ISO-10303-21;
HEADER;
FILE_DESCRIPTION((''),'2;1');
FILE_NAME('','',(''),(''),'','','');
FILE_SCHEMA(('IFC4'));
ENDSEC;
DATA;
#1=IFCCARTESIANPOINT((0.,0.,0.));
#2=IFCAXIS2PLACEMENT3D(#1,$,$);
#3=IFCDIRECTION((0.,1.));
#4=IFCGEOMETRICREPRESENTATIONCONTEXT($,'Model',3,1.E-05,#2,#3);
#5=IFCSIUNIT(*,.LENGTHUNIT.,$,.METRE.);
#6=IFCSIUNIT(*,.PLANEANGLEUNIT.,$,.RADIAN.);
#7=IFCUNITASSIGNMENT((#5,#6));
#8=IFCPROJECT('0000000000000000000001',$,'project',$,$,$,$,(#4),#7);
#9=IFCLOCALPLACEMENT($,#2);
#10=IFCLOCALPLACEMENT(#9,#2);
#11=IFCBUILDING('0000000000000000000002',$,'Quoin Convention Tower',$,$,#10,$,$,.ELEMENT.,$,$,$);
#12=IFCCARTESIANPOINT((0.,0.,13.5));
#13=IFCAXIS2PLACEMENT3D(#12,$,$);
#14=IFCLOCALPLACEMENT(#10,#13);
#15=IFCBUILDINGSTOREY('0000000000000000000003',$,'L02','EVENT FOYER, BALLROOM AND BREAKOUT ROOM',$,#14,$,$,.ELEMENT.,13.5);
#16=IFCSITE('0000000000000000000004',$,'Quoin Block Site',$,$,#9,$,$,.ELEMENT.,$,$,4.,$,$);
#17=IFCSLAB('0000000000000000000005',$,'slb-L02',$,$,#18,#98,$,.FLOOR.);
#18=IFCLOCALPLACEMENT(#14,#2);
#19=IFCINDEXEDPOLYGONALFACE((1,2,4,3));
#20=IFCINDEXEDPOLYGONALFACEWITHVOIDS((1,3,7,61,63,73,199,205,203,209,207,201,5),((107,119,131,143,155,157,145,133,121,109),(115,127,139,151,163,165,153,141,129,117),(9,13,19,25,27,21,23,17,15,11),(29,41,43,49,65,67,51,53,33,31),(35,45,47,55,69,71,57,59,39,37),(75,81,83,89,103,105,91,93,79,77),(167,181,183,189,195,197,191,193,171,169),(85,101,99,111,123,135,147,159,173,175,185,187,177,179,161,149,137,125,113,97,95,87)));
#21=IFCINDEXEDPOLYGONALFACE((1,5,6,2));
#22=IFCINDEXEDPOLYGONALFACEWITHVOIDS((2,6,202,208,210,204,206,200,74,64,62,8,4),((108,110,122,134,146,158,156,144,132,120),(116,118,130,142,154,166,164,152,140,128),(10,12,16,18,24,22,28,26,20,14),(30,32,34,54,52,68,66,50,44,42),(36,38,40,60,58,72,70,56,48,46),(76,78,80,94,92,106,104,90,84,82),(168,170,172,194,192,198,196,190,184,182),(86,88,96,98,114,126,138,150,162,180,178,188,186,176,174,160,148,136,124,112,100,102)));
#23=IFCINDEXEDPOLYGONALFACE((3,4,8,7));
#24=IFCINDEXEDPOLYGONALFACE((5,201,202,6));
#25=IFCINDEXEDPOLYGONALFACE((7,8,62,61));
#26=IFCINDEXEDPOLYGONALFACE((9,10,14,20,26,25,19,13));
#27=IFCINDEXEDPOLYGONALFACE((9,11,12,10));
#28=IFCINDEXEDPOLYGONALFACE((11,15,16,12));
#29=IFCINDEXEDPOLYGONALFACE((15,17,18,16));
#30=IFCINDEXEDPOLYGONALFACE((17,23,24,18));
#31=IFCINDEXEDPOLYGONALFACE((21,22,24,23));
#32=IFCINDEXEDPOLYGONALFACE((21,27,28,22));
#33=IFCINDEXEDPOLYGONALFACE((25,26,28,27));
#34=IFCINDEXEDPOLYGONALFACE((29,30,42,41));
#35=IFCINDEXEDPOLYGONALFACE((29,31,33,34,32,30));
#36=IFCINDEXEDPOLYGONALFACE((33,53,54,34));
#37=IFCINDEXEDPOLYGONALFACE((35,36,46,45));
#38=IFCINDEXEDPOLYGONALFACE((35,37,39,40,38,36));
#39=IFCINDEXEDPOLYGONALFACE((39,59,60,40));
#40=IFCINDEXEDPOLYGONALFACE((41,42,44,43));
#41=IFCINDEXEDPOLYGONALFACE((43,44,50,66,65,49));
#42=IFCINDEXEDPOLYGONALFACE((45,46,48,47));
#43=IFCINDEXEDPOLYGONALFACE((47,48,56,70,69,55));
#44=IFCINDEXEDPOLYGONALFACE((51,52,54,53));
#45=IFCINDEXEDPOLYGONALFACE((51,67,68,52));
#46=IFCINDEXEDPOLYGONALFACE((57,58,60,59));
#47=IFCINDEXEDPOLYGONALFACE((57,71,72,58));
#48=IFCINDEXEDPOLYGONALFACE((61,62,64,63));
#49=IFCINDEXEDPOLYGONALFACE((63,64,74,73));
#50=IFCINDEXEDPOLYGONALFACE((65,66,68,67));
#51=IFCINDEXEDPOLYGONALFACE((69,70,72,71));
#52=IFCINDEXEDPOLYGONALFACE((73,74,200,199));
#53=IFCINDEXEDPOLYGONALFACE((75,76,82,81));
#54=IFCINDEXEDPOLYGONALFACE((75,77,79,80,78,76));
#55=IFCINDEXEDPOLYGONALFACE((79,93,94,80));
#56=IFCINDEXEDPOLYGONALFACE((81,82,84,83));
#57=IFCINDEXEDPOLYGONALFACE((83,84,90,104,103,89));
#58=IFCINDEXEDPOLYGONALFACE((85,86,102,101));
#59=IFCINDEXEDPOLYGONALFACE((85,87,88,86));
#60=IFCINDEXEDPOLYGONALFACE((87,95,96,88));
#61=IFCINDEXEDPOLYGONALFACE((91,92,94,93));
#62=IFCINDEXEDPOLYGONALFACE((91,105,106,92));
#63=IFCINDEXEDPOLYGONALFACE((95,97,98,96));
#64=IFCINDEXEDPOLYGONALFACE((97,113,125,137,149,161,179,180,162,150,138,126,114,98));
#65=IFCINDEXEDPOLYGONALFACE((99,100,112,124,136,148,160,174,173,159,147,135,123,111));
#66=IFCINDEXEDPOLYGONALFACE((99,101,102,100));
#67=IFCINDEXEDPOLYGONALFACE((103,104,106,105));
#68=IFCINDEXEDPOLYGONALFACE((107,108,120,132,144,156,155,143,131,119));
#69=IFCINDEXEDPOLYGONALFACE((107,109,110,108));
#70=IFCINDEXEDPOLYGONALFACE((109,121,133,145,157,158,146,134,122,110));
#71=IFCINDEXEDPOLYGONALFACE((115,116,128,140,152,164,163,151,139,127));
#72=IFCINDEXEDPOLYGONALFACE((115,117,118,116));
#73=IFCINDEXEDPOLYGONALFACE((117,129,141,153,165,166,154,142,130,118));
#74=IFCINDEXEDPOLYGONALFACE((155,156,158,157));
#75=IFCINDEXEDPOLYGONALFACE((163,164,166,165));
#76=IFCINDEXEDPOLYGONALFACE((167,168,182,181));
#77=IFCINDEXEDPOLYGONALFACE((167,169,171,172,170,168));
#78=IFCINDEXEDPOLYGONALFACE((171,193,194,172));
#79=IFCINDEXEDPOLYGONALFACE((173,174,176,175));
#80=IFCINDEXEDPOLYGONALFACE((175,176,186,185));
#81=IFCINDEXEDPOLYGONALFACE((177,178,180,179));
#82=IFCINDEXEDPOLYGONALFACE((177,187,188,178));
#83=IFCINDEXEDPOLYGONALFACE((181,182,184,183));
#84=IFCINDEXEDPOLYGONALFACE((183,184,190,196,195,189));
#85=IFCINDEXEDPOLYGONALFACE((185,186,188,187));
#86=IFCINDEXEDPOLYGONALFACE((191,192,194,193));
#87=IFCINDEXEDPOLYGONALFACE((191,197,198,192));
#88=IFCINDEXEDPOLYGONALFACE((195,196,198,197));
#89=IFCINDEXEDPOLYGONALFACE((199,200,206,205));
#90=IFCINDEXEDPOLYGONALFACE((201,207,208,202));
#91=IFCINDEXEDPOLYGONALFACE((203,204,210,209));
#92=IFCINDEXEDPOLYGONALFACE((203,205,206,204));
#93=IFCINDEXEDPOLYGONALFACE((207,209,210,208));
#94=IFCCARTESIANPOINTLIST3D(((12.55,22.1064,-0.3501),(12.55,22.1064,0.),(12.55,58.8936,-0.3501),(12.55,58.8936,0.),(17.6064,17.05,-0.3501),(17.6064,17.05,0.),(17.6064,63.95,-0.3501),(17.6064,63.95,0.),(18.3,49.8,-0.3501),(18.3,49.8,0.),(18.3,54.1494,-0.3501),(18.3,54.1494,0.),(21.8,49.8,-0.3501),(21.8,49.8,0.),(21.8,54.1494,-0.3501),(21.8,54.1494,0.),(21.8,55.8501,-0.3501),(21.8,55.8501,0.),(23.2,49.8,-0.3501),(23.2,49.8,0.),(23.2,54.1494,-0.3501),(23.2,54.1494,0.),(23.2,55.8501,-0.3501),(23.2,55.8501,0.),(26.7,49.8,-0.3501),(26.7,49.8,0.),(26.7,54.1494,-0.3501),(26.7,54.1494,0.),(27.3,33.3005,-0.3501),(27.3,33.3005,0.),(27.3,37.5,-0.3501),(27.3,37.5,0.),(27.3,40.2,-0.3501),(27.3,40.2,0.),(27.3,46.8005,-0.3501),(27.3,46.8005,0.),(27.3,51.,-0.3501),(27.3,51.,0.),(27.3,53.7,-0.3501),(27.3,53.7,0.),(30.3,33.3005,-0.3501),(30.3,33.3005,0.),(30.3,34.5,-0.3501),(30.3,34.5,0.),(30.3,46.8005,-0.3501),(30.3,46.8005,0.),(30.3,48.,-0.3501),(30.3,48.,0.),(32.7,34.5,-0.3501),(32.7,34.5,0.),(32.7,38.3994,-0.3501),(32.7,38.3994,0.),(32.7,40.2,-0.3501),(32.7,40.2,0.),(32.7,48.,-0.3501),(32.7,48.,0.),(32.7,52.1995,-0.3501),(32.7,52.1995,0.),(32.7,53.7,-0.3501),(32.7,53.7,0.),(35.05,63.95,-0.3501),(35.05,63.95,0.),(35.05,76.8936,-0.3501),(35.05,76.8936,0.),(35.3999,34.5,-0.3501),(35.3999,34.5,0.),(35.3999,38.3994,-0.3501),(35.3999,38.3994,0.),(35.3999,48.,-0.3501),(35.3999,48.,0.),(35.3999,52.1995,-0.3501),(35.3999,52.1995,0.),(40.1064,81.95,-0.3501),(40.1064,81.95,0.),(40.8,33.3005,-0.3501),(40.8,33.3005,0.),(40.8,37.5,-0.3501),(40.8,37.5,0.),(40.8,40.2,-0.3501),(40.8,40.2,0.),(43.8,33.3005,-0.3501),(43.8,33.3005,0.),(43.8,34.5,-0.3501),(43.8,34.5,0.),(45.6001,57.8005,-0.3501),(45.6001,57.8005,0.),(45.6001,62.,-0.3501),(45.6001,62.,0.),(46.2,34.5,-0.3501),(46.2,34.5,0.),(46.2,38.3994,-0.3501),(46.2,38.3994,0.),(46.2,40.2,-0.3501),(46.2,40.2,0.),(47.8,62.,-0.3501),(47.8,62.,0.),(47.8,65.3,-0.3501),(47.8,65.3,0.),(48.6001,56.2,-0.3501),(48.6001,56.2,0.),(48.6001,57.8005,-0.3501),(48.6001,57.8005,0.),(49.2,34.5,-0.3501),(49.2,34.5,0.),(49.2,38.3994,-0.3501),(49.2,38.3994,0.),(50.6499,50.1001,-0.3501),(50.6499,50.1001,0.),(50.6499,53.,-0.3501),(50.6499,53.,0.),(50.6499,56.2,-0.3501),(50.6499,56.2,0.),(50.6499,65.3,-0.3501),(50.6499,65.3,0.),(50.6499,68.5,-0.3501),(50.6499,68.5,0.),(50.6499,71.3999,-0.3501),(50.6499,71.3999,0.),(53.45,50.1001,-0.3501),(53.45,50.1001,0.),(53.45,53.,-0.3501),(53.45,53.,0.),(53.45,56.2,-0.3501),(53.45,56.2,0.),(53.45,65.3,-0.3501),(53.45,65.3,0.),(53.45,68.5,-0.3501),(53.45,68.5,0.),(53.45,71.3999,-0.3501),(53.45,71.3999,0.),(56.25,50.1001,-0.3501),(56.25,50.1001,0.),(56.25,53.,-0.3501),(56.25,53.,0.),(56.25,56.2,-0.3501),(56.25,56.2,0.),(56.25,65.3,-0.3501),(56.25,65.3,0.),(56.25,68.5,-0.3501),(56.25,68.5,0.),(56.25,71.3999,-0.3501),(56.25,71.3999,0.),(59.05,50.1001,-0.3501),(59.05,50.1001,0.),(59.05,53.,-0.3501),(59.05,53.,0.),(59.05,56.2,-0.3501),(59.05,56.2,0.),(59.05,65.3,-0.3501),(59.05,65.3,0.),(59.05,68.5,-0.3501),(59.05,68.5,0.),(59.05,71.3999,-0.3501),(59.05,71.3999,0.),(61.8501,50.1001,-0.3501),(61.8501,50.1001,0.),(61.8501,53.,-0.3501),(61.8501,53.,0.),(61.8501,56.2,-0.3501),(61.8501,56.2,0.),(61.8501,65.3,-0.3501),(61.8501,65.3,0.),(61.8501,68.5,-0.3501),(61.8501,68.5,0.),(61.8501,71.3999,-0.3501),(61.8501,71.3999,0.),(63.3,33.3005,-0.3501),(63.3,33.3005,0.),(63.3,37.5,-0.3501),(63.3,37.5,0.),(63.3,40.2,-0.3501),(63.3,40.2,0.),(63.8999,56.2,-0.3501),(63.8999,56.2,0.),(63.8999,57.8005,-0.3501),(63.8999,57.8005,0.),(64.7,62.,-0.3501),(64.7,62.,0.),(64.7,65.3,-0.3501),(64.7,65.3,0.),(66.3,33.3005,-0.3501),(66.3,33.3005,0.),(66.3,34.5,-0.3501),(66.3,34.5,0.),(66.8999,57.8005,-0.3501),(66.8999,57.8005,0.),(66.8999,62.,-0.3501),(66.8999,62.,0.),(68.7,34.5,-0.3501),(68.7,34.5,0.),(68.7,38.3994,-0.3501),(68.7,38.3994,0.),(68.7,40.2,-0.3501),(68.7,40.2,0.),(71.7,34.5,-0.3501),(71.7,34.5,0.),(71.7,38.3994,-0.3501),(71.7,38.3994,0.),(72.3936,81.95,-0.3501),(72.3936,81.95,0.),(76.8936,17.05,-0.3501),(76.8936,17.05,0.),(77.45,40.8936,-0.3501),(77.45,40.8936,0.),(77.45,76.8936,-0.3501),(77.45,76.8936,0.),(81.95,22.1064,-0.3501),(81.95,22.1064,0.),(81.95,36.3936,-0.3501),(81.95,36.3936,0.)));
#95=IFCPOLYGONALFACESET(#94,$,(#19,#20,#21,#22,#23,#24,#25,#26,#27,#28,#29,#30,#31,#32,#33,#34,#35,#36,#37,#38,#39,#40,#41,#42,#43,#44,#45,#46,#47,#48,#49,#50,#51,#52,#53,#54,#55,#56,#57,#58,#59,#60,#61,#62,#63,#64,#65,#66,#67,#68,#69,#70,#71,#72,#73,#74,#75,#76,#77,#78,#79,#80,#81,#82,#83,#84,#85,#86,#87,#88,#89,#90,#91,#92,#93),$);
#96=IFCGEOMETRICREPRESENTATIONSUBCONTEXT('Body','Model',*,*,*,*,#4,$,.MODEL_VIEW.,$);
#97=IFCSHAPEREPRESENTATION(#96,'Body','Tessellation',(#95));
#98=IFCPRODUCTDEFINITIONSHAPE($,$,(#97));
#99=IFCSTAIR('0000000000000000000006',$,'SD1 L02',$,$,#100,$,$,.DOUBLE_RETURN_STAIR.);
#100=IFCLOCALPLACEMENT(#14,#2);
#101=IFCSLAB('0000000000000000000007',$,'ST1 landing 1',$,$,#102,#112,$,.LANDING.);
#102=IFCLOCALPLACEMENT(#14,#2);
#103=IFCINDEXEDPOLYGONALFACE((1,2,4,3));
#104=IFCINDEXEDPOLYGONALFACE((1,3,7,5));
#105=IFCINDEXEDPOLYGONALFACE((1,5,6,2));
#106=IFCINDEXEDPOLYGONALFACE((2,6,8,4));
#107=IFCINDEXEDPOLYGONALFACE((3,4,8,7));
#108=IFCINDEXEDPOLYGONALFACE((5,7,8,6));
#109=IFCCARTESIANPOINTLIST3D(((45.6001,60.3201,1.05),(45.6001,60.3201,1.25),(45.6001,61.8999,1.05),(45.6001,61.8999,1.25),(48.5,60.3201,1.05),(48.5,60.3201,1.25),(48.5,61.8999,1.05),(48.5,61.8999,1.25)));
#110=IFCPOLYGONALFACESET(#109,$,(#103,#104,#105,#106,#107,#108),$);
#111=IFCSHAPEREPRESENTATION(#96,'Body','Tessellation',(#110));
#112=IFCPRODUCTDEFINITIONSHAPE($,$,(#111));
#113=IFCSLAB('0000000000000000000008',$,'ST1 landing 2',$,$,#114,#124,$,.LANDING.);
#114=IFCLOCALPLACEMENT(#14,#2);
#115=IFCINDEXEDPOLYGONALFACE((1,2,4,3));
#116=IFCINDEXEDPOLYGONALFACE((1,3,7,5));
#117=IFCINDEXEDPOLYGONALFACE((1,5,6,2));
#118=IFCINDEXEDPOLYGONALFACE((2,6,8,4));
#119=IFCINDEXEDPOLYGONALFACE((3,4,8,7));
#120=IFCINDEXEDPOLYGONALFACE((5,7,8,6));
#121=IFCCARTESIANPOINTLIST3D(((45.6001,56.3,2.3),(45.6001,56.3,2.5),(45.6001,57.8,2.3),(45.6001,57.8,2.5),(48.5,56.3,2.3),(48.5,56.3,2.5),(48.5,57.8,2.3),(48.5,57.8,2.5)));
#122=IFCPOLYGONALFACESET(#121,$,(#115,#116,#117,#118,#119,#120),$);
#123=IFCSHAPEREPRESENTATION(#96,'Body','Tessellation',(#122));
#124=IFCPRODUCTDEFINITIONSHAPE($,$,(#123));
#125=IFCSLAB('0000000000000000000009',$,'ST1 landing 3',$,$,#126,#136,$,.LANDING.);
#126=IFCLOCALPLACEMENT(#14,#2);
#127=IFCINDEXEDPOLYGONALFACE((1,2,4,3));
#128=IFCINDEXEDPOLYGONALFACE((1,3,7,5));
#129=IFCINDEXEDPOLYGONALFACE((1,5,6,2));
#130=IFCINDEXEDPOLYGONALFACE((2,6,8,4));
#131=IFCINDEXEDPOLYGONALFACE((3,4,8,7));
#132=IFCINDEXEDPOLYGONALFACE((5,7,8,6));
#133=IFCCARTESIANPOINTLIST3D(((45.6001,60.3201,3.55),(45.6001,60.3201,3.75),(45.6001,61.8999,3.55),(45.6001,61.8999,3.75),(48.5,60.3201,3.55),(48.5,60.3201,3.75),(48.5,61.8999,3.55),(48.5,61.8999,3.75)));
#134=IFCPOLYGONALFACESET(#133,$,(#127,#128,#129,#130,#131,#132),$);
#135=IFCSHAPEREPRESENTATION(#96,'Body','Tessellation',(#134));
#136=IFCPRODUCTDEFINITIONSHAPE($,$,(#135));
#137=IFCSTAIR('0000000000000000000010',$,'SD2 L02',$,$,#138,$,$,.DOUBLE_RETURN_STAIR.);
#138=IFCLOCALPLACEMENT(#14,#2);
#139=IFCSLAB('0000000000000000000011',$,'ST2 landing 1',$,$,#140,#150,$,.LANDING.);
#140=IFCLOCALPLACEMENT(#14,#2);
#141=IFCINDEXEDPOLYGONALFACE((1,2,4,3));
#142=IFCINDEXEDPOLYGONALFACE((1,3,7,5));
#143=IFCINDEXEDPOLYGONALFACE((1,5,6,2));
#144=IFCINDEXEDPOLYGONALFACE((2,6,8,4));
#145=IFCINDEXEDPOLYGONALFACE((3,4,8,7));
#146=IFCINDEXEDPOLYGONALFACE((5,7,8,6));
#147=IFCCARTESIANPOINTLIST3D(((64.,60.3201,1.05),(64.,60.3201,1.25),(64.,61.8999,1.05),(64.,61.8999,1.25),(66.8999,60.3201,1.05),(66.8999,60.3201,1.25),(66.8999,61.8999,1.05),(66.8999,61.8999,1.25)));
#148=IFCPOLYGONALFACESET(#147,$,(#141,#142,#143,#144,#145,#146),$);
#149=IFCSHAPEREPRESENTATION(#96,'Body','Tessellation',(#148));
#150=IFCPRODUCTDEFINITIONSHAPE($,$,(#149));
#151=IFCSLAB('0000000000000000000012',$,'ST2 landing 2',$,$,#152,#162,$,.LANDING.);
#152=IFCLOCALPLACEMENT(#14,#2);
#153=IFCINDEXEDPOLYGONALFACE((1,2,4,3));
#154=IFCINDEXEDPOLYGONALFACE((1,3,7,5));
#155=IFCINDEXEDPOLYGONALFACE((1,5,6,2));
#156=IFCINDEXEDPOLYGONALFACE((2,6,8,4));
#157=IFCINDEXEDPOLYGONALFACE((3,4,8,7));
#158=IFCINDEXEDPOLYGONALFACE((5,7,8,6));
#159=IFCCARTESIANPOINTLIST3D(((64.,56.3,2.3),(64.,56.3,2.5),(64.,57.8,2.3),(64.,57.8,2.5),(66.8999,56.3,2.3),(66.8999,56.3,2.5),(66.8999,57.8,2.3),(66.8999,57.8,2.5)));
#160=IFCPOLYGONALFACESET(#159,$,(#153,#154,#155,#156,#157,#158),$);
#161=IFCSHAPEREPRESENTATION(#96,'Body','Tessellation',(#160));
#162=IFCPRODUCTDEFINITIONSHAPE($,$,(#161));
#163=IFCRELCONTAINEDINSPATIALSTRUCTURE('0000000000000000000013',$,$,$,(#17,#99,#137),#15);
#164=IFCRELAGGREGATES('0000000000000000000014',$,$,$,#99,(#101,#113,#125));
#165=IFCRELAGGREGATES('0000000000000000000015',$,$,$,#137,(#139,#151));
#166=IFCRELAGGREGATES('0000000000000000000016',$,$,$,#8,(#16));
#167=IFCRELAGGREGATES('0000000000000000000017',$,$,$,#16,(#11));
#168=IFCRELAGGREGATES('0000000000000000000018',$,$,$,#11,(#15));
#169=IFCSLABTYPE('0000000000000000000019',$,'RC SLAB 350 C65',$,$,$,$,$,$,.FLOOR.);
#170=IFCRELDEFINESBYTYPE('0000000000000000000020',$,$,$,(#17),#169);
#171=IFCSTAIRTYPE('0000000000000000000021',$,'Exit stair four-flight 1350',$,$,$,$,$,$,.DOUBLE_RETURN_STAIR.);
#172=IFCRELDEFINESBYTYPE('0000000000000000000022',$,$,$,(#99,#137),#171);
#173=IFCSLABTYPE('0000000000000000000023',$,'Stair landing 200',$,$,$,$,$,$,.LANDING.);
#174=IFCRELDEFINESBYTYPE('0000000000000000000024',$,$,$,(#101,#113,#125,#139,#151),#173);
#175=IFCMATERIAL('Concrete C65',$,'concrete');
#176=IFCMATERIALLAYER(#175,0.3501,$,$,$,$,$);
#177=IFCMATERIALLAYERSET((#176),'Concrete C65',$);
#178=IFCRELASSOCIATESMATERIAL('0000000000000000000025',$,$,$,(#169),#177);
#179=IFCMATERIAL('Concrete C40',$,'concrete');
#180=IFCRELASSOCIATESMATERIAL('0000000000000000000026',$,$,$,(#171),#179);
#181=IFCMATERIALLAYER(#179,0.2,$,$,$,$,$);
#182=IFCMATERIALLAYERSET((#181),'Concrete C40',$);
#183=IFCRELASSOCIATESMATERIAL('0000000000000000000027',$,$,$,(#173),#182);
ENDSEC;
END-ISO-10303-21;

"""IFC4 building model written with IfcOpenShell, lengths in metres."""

from ifc_helpers import new_model, si_unit, direction, frame, origin, place, context, subcontext, project, spatial, polyline, outline, extrude, material, layer, layer_set, type_object, element, aggregate, save


model = new_model("IFC4")

# Units and contexts
model_context = context("Model", 3, precision=1e-05, world=origin(), true_north=direction((0.0, 1.0)))
body_context = subcontext(model_context, "Body", "Model", "MODEL_VIEW")
ifc_project = project(units=[si_unit("LENGTHUNIT", "METRE"), si_unit("PLANEANGLEUNIT", "RADIAN")], contexts=[model_context])

# Site, building, storey
site_placement = place(None, origin())
site = spatial("IfcSite", under=ifc_project, at=site_placement, Name="Quoin Block Site", CompositionType="ELEMENT", RefElevation=4.0)
building_placement = place(site_placement, origin())
building = spatial("IfcBuilding", under=site, at=building_placement, Name="Quoin Convention Tower", CompositionType="ELEMENT")
storey_placement = place(building_placement, frame((0.0, 0.0, 13.5)))
storey = spatial("IfcBuildingStorey", under=building, at=storey_placement, Name="L02", Description="EVENT FOYER, BALLROOM AND BREAKOUT ROOM", CompositionType="ELEMENT", Elevation=13.5)

# Slab
ifc_material_1 = material(Name="Concrete C65", Category="concrete")
ifc_layer_1 = layer(ifc_material_1, 0.3501)
ifc_layer_set_1 = layer_set([ifc_layer_1], Name="Concrete C65")
slab_type_1 = type_object("IfcSlabType", Name="RC SLAB 350 C65", PredefinedType="FLOOR", material=ifc_layer_set_1)
slab_1_placement = place(storey_placement, frame((0.0, 0.0, -0.3501)))
element("IfcSlab", 1, at=slab_1_placement, inside=storey, type_object=slab_type_1, Name="slb-L02", PredefinedType="FLOOR", context=body_context, shape_type="SweptSolid", body=[
    extrude(outline(polyline([(12.55, 58.8936), (17.6064, 63.95), (35.05, 63.95), (35.05, 76.8936), (40.1064, 81.95), (72.3936, 81.95), (77.45, 76.8936), (77.45, 40.8936), (81.95, 36.3936), (81.95, 22.1064), (76.8936, 17.05), (17.6064, 17.05), (12.55, 22.1064), (12.55, 58.8936)]), holes=[polyline([(35.3999, 34.5), (35.3999, 38.3994), (32.7, 38.3994), (32.7, 40.2), (27.3, 40.2), (27.3, 37.5), (27.3, 33.3005), (30.3, 33.3005), (30.3, 34.5), (32.7, 34.5), (35.3999, 34.5)]), polyline([(43.8, 34.5), (46.2, 34.5), (49.2, 34.5), (49.2, 38.3994), (46.2, 38.3994), (46.2, 40.2), (40.8, 40.2), (40.8, 37.5), (40.8, 33.3005), (43.8, 33.3005), (43.8, 34.5)]), polyline([(35.3999, 52.1995), (32.7, 52.1995), (32.7, 53.7), (27.3, 53.7), (27.3, 51.0), (27.3, 46.8005), (30.3, 46.8005), (30.3, 48.0), (32.7, 48.0), (35.3999, 48.0), (35.3999, 52.1995)]), polyline([(21.8, 55.8501), (21.8, 54.1494), (18.3, 54.1494), (18.3, 49.8), (21.8, 49.8), (23.2, 49.8), (26.7, 49.8), (26.7, 54.1494), (23.2, 54.1494), (23.2, 55.8501), (21.8, 55.8501)]), polyline([(56.25, 50.1001), (59.05, 50.1001), (61.8501, 50.1001), (61.8501, 53.0), (59.05, 53.0), (56.25, 53.0), (53.45, 53.0), (50.6499, 53.0), (50.6499, 50.1001), (53.45, 50.1001), (56.25, 50.1001)]), polyline([(56.25, 56.2), (59.05, 56.2), (61.8501, 56.2), (63.8999, 56.2), (63.8999, 57.8005), (66.8999, 57.8005), (66.8999, 62.0), (64.7, 62.0), (64.7, 65.3), (61.8501, 65.3), (59.05, 65.3), (56.25, 65.3), (53.45, 65.3), (50.6499, 65.3), (47.8, 65.3), (47.8, 62.0), (45.6001, 62.0), (45.6001, 57.8005), (48.6001, 57.8005), (48.6001, 56.2), (50.6499, 56.2), (53.45, 56.2), (56.25, 56.2)]), polyline([(50.6499, 71.3999), (50.6499, 68.5), (53.45, 68.5), (56.25, 68.5), (59.05, 68.5), (61.8501, 68.5), (61.8501, 71.3999), (59.05, 71.3999), (56.25, 71.3999), (53.45, 71.3999), (50.6499, 71.3999)]), polyline([(71.7, 38.3994), (68.7, 38.3994), (68.7, 40.2), (63.3, 40.2), (63.3, 37.5), (63.3, 33.3005), (66.3, 33.3005), (66.3, 34.5), (68.7, 34.5), (71.7, 34.5), (71.7, 38.3994)])]), origin(), (0.0, 0.0, 1.0), 0.3501),
])

# Stairs, slabs
ifc_material_2 = material(Name="Concrete C40", Category="concrete")
stair_type_1 = type_object("IfcStairType", Name="Exit stair four-flight 1350", PredefinedType="DOUBLE_RETURN_STAIR", material=ifc_material_2)
stair_1_placement = place(storey_placement, origin())
stair_1 = element("IfcStair", 2, at=stair_1_placement, inside=storey, type_object=stair_type_1, Name="SD1 L02", PredefinedType="DOUBLE_RETURN_STAIR")
ifc_layer_2 = layer(ifc_material_2, 0.2)
ifc_layer_set_2 = layer_set([ifc_layer_2], Name="Concrete C40")
slab_type_2 = type_object("IfcSlabType", Name="Stair landing 200", PredefinedType="LANDING", material=ifc_layer_set_2)
slab_2_placement = place(storey_placement, frame((0.0, 0.0, 1.05)))
slab_2 = element("IfcSlab", 3, at=slab_2_placement, type_object=slab_type_2, Name="ST1 landing 1", PredefinedType="LANDING", context=body_context, shape_type="SweptSolid", body=[
    extrude(outline(polyline([(45.6001, 60.3201), (48.5, 60.3201), (48.5, 61.8999), (45.6001, 61.8999), (45.6001, 60.3201)])), origin(), (0.0, 0.0, 1.0), 0.2),
])
slab_3_placement = place(storey_placement, frame((0.0, 0.0, 2.3)))
slab_3 = element("IfcSlab", 4, at=slab_3_placement, type_object=slab_type_2, Name="ST1 landing 2", PredefinedType="LANDING", context=body_context, shape_type="SweptSolid", body=[
    extrude(outline(polyline([(45.6001, 56.3), (48.5, 56.3), (48.5, 57.8), (45.6001, 57.8), (45.6001, 56.3)])), origin(), (0.0, 0.0, 1.0), 0.2),
])
slab_4_placement = place(storey_placement, frame((0.0, 0.0, 3.55)))
slab_4 = element("IfcSlab", 5, at=slab_4_placement, type_object=slab_type_2, Name="ST1 landing 3", PredefinedType="LANDING", context=body_context, shape_type="SweptSolid", body=[
    extrude(outline(polyline([(45.6001, 60.3201), (48.5, 60.3201), (48.5, 61.8999), (45.6001, 61.8999), (45.6001, 60.3201)])), origin(), (0.0, 0.0, 1.0), 0.2),
])
aggregate(stair_1, [slab_2, slab_3, slab_4])
stair_2_placement = place(storey_placement, origin())
stair_2 = element("IfcStair", 6, at=stair_2_placement, inside=storey, type_object=stair_type_1, Name="SD2 L02", PredefinedType="DOUBLE_RETURN_STAIR")
slab_5_placement = place(storey_placement, frame((0.0, 0.0, 1.05)))
slab_5 = element("IfcSlab", 7, at=slab_5_placement, type_object=slab_type_2, Name="ST2 landing 1", PredefinedType="LANDING", context=body_context, shape_type="SweptSolid", body=[
    extrude(outline(polyline([(64.0, 60.3201), (66.8999, 60.3201), (66.8999, 61.8999), (64.0, 61.8999), (64.0, 60.3201)])), origin(), (0.0, 0.0, 1.0), 0.2),
])
slab_6_placement = place(storey_placement, frame((0.0, 0.0, 2.3)))
slab_6 = element("IfcSlab", 8, at=slab_6_placement, type_object=slab_type_2, Name="ST2 landing 2", PredefinedType="LANDING", context=body_context, shape_type="SweptSolid", body=[
    extrude(outline(polyline([(64.0, 56.3), (66.8999, 56.3), (66.8999, 57.8), (64.0, 57.8), (64.0, 56.3)])), origin(), (0.0, 0.0, 1.0), 0.2),
])
aggregate(stair_2, [slab_5, slab_6])

save(model, "model.ifc")
